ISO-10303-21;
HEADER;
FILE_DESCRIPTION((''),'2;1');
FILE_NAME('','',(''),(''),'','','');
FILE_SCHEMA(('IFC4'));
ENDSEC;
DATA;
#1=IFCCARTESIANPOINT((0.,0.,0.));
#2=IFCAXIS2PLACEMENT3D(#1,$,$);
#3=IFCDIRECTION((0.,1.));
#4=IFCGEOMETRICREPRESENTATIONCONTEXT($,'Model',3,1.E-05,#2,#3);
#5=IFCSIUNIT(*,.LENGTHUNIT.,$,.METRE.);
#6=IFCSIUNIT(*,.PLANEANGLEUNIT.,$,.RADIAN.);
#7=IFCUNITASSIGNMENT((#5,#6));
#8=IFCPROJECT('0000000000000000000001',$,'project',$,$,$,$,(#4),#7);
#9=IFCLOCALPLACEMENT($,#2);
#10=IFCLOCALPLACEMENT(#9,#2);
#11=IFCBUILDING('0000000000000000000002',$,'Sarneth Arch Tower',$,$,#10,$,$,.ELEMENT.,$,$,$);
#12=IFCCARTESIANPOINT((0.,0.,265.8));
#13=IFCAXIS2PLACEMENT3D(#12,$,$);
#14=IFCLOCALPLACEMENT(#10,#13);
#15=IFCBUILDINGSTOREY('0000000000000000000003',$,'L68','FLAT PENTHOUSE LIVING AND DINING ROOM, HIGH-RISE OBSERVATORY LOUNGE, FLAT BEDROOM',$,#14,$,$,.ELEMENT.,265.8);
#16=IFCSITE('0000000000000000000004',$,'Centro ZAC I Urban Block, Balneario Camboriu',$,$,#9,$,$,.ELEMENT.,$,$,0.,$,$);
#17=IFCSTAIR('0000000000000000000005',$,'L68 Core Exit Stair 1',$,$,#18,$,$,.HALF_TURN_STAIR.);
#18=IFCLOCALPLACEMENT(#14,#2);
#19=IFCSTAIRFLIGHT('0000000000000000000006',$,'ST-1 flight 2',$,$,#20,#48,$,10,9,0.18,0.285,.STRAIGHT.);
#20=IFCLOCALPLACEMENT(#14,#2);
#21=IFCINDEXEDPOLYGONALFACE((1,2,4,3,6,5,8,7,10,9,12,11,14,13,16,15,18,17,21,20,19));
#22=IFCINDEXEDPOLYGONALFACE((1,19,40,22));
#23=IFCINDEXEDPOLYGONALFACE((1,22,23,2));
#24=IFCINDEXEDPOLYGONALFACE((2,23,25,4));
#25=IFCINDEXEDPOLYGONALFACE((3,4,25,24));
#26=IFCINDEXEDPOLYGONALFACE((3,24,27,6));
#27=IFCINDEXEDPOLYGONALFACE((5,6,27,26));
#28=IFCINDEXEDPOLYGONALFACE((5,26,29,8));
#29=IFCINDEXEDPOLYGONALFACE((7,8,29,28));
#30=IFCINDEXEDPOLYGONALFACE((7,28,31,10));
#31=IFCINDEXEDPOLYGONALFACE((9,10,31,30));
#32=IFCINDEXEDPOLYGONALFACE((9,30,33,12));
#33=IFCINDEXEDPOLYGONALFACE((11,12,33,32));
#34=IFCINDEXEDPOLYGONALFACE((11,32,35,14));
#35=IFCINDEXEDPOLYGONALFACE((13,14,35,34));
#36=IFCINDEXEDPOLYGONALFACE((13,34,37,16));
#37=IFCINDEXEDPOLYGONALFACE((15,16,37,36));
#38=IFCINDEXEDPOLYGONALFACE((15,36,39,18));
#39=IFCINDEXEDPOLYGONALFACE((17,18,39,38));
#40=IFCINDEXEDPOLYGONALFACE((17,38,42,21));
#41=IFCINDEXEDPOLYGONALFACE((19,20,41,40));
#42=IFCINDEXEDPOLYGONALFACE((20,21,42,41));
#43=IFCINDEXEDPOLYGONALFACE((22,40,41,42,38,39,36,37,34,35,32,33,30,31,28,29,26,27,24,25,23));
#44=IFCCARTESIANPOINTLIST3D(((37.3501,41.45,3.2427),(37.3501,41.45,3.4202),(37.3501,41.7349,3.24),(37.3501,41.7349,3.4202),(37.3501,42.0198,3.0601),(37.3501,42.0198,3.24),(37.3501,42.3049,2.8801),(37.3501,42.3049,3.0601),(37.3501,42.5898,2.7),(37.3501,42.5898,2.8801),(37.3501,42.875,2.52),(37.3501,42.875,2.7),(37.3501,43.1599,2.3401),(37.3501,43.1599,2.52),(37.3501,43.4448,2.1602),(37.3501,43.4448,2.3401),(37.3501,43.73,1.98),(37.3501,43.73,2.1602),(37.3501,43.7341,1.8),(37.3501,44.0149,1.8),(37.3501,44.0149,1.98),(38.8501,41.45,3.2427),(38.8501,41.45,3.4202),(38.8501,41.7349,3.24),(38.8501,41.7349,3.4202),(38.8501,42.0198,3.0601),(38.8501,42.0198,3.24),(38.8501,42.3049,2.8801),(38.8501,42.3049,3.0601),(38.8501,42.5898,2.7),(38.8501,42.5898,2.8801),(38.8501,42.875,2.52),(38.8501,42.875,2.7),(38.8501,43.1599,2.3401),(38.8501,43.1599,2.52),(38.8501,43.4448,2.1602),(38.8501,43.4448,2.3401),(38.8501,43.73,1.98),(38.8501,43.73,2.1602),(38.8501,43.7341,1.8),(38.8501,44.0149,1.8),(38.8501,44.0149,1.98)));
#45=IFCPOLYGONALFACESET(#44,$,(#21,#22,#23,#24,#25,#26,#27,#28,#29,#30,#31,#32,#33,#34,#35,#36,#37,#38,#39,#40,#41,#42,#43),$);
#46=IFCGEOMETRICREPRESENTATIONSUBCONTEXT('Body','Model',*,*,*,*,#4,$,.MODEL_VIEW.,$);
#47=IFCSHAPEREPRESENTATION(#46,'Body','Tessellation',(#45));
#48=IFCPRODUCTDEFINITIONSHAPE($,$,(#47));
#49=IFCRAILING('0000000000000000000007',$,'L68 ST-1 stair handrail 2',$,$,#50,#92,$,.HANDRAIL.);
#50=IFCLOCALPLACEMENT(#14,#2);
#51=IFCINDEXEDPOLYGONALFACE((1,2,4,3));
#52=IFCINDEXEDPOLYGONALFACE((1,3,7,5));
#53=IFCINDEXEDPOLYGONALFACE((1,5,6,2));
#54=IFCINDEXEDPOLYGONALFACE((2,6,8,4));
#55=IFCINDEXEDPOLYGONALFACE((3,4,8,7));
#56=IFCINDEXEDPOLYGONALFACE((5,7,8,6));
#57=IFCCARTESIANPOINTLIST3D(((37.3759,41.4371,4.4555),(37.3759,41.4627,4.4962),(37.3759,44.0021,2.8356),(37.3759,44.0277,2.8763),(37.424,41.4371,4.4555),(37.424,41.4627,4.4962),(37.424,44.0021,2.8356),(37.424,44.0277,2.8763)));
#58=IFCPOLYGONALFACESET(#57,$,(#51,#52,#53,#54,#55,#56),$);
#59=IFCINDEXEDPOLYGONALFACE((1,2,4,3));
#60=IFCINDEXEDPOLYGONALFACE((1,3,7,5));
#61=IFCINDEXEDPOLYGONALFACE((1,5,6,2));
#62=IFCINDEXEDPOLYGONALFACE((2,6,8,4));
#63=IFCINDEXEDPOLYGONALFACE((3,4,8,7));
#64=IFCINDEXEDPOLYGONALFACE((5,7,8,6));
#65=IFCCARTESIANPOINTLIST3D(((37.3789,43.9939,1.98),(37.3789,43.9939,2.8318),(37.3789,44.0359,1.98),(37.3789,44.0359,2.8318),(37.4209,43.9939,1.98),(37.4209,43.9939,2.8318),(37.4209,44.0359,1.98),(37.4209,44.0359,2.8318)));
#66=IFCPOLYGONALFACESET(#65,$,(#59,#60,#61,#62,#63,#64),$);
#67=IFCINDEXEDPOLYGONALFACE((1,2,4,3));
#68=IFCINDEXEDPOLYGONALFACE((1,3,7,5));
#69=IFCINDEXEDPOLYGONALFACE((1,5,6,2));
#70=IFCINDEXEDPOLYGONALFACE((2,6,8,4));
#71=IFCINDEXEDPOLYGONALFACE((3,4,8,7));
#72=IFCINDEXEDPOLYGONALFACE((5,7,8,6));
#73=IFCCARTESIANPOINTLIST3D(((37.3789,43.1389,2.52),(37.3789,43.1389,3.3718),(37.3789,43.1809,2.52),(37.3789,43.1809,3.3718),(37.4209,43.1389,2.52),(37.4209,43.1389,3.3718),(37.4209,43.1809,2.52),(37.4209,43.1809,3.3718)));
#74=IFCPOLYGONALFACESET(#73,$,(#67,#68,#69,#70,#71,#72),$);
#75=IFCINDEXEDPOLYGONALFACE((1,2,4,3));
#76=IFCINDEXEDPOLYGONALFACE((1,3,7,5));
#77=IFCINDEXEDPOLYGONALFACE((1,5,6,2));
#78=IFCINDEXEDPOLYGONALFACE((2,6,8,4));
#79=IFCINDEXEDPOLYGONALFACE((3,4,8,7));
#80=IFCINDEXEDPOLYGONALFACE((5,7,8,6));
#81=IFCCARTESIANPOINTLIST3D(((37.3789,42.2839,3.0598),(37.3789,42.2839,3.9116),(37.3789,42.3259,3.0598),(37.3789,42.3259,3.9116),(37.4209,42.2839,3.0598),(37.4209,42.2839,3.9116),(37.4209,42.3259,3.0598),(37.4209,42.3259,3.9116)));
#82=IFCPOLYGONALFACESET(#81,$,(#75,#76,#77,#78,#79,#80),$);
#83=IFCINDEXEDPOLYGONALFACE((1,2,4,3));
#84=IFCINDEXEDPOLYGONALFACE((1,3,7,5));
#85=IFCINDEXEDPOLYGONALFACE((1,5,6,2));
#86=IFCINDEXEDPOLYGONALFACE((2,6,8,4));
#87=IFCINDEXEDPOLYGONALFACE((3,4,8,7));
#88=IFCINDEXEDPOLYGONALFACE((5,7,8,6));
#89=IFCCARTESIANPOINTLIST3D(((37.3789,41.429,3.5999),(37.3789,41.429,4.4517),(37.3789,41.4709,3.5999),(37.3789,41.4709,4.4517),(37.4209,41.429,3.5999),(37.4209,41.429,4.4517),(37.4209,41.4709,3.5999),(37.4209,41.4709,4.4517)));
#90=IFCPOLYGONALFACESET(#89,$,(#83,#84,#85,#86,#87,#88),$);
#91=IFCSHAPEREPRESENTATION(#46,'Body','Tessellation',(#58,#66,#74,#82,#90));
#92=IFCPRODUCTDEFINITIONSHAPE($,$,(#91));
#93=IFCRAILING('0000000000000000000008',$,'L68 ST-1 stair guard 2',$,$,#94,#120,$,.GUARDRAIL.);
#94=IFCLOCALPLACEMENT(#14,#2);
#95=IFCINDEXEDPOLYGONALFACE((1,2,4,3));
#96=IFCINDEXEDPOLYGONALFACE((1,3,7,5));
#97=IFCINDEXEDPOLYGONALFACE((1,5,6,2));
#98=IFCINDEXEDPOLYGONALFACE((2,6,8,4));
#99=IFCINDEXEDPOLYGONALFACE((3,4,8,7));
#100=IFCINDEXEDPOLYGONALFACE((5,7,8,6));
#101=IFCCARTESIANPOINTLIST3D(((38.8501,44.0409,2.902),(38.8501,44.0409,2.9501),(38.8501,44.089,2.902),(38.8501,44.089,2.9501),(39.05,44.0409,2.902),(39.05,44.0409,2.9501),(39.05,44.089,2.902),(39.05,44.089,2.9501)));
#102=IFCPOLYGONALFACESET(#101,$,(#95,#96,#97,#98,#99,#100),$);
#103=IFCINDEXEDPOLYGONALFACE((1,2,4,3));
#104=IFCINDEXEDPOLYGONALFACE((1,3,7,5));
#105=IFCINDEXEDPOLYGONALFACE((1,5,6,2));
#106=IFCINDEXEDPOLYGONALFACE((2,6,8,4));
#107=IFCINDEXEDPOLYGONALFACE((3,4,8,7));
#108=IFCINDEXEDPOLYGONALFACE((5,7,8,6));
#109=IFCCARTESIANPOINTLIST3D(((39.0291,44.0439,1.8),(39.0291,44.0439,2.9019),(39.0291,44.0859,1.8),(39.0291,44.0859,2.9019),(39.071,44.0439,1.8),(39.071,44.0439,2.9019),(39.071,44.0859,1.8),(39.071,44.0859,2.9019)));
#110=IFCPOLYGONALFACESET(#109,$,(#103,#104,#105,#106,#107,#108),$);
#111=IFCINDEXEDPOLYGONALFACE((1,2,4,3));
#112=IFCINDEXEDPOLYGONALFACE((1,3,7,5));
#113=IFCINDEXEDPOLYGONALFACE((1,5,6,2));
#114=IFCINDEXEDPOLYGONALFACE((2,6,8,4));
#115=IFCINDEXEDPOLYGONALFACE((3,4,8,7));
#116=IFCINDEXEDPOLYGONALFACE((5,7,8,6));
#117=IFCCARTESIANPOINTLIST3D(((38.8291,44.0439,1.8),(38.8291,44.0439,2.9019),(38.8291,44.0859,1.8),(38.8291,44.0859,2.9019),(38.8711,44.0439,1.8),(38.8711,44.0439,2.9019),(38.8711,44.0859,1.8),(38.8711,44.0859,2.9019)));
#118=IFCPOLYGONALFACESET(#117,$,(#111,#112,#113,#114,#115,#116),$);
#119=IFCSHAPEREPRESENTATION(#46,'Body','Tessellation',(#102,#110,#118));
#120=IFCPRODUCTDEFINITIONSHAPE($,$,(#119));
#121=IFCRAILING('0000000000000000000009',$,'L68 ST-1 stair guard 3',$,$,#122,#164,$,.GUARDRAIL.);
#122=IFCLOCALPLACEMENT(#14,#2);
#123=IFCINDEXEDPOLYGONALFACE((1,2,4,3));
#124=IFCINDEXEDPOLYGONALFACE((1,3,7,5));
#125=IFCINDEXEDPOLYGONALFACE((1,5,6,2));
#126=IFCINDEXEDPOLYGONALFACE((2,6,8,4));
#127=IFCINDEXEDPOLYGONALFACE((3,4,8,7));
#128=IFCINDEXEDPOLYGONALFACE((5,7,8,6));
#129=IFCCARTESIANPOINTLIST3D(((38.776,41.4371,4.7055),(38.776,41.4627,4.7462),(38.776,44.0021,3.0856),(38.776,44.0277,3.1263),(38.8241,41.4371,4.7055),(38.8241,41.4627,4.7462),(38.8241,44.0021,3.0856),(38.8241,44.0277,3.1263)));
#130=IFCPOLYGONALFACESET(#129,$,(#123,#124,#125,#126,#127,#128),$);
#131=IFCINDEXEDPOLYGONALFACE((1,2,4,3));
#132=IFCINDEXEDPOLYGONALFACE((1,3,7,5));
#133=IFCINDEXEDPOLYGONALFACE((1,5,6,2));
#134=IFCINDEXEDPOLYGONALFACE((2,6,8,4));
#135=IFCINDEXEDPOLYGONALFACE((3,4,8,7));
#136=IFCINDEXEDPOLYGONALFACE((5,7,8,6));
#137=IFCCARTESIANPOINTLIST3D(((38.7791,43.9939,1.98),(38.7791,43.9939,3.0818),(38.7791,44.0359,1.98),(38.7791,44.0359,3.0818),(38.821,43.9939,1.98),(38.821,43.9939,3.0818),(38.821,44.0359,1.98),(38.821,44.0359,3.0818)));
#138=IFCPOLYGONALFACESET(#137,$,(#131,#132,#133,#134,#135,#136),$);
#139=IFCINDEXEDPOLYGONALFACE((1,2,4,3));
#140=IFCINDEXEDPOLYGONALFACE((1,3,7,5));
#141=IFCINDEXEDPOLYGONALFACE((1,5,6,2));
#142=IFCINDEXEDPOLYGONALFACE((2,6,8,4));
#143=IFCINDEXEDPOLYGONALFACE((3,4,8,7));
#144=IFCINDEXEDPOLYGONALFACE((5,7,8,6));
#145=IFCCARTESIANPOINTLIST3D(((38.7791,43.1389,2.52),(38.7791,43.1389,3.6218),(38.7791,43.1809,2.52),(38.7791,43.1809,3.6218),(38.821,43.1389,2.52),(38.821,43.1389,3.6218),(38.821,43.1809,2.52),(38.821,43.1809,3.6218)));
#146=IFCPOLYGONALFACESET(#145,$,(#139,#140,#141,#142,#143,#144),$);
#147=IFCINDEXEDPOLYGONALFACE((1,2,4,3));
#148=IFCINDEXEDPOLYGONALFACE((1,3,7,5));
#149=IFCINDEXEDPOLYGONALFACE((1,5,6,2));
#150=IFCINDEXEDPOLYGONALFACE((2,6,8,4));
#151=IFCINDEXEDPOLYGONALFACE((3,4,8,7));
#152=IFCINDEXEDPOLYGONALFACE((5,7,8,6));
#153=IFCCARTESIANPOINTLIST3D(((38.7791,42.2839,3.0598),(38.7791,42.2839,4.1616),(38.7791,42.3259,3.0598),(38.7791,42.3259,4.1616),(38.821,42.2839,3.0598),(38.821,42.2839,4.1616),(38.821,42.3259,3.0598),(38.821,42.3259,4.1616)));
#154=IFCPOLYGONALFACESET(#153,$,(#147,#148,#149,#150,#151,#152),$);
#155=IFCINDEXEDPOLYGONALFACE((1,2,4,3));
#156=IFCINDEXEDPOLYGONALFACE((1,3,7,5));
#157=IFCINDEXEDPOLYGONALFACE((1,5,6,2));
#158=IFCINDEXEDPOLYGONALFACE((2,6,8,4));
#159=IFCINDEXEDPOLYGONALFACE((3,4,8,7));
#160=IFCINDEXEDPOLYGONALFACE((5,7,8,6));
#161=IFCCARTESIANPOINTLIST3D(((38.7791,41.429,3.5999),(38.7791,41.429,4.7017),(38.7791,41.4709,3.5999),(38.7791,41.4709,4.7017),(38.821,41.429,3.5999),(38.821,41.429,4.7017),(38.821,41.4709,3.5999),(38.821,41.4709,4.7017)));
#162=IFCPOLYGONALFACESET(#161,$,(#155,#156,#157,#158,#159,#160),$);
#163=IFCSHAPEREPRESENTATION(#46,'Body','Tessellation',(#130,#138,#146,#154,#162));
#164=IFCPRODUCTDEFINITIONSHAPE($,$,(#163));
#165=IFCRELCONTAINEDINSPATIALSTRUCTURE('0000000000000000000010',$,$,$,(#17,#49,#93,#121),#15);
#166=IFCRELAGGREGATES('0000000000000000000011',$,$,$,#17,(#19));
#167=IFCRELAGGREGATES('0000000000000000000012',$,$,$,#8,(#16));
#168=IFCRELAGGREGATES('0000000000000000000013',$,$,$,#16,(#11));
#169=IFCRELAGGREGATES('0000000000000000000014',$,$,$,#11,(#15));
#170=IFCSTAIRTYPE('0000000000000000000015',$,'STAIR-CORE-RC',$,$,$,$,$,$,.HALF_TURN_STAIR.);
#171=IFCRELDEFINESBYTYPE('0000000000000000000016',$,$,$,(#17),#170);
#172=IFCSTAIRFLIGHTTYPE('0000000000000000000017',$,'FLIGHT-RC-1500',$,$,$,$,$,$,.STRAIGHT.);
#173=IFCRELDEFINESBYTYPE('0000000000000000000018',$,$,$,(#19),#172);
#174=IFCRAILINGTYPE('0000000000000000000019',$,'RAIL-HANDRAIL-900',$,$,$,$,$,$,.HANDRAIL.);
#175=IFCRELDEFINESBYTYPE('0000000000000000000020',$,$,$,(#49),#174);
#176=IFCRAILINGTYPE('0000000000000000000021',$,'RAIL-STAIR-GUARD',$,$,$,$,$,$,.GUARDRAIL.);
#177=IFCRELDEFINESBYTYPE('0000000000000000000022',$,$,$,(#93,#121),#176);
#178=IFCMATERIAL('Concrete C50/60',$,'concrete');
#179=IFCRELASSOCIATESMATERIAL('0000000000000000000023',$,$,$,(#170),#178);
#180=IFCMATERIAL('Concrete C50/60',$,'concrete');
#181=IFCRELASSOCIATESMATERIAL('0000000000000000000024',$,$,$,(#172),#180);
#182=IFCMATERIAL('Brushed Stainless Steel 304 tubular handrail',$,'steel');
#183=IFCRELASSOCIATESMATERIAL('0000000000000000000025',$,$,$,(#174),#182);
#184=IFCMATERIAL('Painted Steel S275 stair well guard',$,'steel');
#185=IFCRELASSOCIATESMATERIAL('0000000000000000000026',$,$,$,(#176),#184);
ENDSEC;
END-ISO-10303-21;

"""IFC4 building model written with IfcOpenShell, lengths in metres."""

from ifc_helpers import new_model, si_unit, direction, frame, origin, origin_2d, place, context, subcontext, project, spatial, polyline, rectangle, outline, extrude, material, type_object, element, aggregate, save


model = new_model("IFC4")

# Units and contexts
model_context = context("Model", 3, precision=1e-05, world=origin(), true_north=direction((0.0, 1.0)))
body_context = subcontext(model_context, "Body", "Model", "MODEL_VIEW")
ifc_project = project(units=[si_unit("LENGTHUNIT", "METRE"), si_unit("PLANEANGLEUNIT", "RADIAN")], contexts=[model_context])

# Site, building, storey
site_placement = place(None, origin())
site = spatial("IfcSite", under=ifc_project, at=site_placement, Name="Centro ZAC I Urban Block, Balneario Camboriu", CompositionType="ELEMENT", RefElevation=0.0)
building_placement = place(site_placement, origin())
building = spatial("IfcBuilding", under=site, at=building_placement, Name="Sarneth Arch Tower", CompositionType="ELEMENT")
storey_placement = place(building_placement, frame((0.0, 0.0, 265.8)))
storey = spatial("IfcBuildingStorey", under=building, at=storey_placement, Name="L68", Description="FLAT PENTHOUSE LIVING AND DINING ROOM, HIGH-RISE OBSERVATORY LOUNGE, FLAT BEDROOM", CompositionType="ELEMENT", Elevation=265.8)

# Stair, stair flight
ifc_material_1 = material(Name="Concrete C50/60", Category="concrete")
stair_type = type_object("IfcStairType", Name="STAIR-CORE-RC", PredefinedType="HALF_TURN_STAIR", material=ifc_material_1)
stair_placement = place(storey_placement, origin())
stair = element("IfcStair", 1, at=stair_placement, inside=storey, type_object=stair_type, Name="L68 Core Exit Stair 1", PredefinedType="HALF_TURN_STAIR")
ifc_material_2 = material(Name="Concrete C50/60", Category="concrete")
stair_flight_type = type_object("IfcStairFlightType", Name="FLIGHT-RC-1500", PredefinedType="STRAIGHT", material=ifc_material_2)
stair_flight_placement = place(storey_placement, frame((38.1001, 44.0149, 1.8), z_axis=(0.0, 0.0, 1.0), x_axis=(0.0, -1.0, 0.0)))
stair_flight = element("IfcStairFlight", 2, at=stair_flight_placement, type_object=stair_flight_type, Name="ST-1 flight 2", NumberOfRisers=10, NumberOfTreads=9, PredefinedType="STRAIGHT", RiserHeight=0.18, TreadLength=0.285, context=body_context, shape_type="SweptSolid", body=[
    extrude(outline(polyline([(0.0, 0.0), (0.0, 0.1799), (0.2849, 0.1799), (0.2849, 0.3601), (0.5701, 0.3601), (0.5701, 0.54), (0.855, 0.54), (0.855, 0.72), (1.1399, 0.72), (1.1399, 0.8999), (1.425, 0.8999), (1.425, 1.0801), (1.71, 1.0801), (1.71, 1.26), (1.9951, 1.26), (1.9951, 1.4399), (2.28, 1.4399), (2.28, 1.6201), (2.5649, 1.6201), (2.5649, 1.8), (2.5649, 1.4426), (0.2808, 0.0), (0.0, 0.0)])), frame((0.0, 0.75, 0.0), z_axis=(0.0, -1.0, 0.0), x_axis=(1.0, 0.0, 0.0)), (0.0, 0.0, 1.0), 1.5),
])
aggregate(stair, [stair_flight])

# Railings
ifc_material_3 = material(Name="Brushed Stainless Steel 304 tubular handrail", Category="steel")
railing_type_1 = type_object("IfcRailingType", Name="RAIL-HANDRAIL-900", PredefinedType="HANDRAIL", material=ifc_material_3)
railing_1_placement = place(storey_placement, frame((37.3999, 44.0149, 1.98)))
element("IfcRailing", 3, at=railing_1_placement, inside=storey, type_object=railing_type_1, Name="L68 ST-1 stair handrail 2", PredefinedType="HANDRAIL", context=body_context, shape_type="SweptSolid", body=[
    extrude(rectangle(XDim=0.0481, YDim=0.0481, at=origin_2d()), frame((0.0, 0.0, 0.876), z_axis=(0.0, -0.845502, 0.533972), x_axis=(1.0, 0.0, 0.0)), (0.0, 0.0, 1.0), 3.0337),
    extrude(rectangle(XDim=0.042, YDim=0.042, at=origin_2d()), origin(), (0.0, 0.0, 1.0), 0.8518),
    extrude(rectangle(XDim=0.042, YDim=0.042, at=origin_2d()), frame((0.0, -0.855, 0.54)), (0.0, 0.0, 1.0), 0.8518),
    extrude(rectangle(XDim=0.042, YDim=0.042, at=origin_2d()), frame((0.0, -1.71, 1.0798)), (0.0, 0.0, 1.0), 0.8518),
    extrude(rectangle(XDim=0.042, YDim=0.042, at=origin_2d()), frame((0.0, -2.5649, 1.6199)), (0.0, 0.0, 1.0), 0.8518),
])
ifc_material_4 = material(Name="Painted Steel S275 stair well guard", Category="steel")
railing_type_2 = type_object("IfcRailingType", Name="RAIL-STAIR-GUARD", PredefinedType="GUARDRAIL", material=ifc_material_4)
railing_2_placement = place(storey_placement, frame((39.05, 44.0649, 1.8)))
element("IfcRailing", 4, at=railing_2_placement, inside=storey, type_object=railing_type_2, Name="L68 ST-1 stair guard 2", PredefinedType="GUARDRAIL", context=body_context, shape_type="SweptSolid", body=[
    extrude(rectangle(XDim=0.0481, YDim=0.0481, at=origin_2d()), frame((0.0, 0.0, 1.126), z_axis=(-1.0, 0.0, 0.0), x_axis=(0.0, -1.0, 0.0)), (0.0, 0.0, 1.0), 0.2),
    extrude(rectangle(XDim=0.042, YDim=0.042, at=origin_2d()), origin(), (0.0, 0.0, 1.0), 1.1018),
    extrude(rectangle(XDim=0.042, YDim=0.042, at=origin_2d()), frame((-0.2, 0.0, 0.0)), (0.0, 0.0, 1.0), 1.1018),
])
railing_3_placement = place(storey_placement, frame((38.8, 44.0149, 1.98)))
element("IfcRailing", 5, at=railing_3_placement, inside=storey, type_object=railing_type_2, Name="L68 ST-1 stair guard 3", PredefinedType="GUARDRAIL", context=body_context, shape_type="SweptSolid", body=[
    extrude(rectangle(XDim=0.0481, YDim=0.0481, at=origin_2d()), frame((0.0, 0.0, 1.126), z_axis=(0.0, -0.845502, 0.533972), x_axis=(1.0, 0.0, 0.0)), (0.0, 0.0, 1.0), 3.0337),
    extrude(rectangle(XDim=0.042, YDim=0.042, at=origin_2d()), origin(), (0.0, 0.0, 1.0), 1.1018),
    extrude(rectangle(XDim=0.042, YDim=0.042, at=origin_2d()), frame((0.0, -0.855, 0.54)), (0.0, 0.0, 1.0), 1.1018),
    extrude(rectangle(XDim=0.042, YDim=0.042, at=origin_2d()), frame((0.0, -1.71, 1.0798)), (0.0, 0.0, 1.0), 1.1018),
    extrude(rectangle(XDim=0.042, YDim=0.042, at=origin_2d()), frame((0.0, -2.5649, 1.6199)), (0.0, 0.0, 1.0), 1.1018),
])

save(model, "model.ifc")
